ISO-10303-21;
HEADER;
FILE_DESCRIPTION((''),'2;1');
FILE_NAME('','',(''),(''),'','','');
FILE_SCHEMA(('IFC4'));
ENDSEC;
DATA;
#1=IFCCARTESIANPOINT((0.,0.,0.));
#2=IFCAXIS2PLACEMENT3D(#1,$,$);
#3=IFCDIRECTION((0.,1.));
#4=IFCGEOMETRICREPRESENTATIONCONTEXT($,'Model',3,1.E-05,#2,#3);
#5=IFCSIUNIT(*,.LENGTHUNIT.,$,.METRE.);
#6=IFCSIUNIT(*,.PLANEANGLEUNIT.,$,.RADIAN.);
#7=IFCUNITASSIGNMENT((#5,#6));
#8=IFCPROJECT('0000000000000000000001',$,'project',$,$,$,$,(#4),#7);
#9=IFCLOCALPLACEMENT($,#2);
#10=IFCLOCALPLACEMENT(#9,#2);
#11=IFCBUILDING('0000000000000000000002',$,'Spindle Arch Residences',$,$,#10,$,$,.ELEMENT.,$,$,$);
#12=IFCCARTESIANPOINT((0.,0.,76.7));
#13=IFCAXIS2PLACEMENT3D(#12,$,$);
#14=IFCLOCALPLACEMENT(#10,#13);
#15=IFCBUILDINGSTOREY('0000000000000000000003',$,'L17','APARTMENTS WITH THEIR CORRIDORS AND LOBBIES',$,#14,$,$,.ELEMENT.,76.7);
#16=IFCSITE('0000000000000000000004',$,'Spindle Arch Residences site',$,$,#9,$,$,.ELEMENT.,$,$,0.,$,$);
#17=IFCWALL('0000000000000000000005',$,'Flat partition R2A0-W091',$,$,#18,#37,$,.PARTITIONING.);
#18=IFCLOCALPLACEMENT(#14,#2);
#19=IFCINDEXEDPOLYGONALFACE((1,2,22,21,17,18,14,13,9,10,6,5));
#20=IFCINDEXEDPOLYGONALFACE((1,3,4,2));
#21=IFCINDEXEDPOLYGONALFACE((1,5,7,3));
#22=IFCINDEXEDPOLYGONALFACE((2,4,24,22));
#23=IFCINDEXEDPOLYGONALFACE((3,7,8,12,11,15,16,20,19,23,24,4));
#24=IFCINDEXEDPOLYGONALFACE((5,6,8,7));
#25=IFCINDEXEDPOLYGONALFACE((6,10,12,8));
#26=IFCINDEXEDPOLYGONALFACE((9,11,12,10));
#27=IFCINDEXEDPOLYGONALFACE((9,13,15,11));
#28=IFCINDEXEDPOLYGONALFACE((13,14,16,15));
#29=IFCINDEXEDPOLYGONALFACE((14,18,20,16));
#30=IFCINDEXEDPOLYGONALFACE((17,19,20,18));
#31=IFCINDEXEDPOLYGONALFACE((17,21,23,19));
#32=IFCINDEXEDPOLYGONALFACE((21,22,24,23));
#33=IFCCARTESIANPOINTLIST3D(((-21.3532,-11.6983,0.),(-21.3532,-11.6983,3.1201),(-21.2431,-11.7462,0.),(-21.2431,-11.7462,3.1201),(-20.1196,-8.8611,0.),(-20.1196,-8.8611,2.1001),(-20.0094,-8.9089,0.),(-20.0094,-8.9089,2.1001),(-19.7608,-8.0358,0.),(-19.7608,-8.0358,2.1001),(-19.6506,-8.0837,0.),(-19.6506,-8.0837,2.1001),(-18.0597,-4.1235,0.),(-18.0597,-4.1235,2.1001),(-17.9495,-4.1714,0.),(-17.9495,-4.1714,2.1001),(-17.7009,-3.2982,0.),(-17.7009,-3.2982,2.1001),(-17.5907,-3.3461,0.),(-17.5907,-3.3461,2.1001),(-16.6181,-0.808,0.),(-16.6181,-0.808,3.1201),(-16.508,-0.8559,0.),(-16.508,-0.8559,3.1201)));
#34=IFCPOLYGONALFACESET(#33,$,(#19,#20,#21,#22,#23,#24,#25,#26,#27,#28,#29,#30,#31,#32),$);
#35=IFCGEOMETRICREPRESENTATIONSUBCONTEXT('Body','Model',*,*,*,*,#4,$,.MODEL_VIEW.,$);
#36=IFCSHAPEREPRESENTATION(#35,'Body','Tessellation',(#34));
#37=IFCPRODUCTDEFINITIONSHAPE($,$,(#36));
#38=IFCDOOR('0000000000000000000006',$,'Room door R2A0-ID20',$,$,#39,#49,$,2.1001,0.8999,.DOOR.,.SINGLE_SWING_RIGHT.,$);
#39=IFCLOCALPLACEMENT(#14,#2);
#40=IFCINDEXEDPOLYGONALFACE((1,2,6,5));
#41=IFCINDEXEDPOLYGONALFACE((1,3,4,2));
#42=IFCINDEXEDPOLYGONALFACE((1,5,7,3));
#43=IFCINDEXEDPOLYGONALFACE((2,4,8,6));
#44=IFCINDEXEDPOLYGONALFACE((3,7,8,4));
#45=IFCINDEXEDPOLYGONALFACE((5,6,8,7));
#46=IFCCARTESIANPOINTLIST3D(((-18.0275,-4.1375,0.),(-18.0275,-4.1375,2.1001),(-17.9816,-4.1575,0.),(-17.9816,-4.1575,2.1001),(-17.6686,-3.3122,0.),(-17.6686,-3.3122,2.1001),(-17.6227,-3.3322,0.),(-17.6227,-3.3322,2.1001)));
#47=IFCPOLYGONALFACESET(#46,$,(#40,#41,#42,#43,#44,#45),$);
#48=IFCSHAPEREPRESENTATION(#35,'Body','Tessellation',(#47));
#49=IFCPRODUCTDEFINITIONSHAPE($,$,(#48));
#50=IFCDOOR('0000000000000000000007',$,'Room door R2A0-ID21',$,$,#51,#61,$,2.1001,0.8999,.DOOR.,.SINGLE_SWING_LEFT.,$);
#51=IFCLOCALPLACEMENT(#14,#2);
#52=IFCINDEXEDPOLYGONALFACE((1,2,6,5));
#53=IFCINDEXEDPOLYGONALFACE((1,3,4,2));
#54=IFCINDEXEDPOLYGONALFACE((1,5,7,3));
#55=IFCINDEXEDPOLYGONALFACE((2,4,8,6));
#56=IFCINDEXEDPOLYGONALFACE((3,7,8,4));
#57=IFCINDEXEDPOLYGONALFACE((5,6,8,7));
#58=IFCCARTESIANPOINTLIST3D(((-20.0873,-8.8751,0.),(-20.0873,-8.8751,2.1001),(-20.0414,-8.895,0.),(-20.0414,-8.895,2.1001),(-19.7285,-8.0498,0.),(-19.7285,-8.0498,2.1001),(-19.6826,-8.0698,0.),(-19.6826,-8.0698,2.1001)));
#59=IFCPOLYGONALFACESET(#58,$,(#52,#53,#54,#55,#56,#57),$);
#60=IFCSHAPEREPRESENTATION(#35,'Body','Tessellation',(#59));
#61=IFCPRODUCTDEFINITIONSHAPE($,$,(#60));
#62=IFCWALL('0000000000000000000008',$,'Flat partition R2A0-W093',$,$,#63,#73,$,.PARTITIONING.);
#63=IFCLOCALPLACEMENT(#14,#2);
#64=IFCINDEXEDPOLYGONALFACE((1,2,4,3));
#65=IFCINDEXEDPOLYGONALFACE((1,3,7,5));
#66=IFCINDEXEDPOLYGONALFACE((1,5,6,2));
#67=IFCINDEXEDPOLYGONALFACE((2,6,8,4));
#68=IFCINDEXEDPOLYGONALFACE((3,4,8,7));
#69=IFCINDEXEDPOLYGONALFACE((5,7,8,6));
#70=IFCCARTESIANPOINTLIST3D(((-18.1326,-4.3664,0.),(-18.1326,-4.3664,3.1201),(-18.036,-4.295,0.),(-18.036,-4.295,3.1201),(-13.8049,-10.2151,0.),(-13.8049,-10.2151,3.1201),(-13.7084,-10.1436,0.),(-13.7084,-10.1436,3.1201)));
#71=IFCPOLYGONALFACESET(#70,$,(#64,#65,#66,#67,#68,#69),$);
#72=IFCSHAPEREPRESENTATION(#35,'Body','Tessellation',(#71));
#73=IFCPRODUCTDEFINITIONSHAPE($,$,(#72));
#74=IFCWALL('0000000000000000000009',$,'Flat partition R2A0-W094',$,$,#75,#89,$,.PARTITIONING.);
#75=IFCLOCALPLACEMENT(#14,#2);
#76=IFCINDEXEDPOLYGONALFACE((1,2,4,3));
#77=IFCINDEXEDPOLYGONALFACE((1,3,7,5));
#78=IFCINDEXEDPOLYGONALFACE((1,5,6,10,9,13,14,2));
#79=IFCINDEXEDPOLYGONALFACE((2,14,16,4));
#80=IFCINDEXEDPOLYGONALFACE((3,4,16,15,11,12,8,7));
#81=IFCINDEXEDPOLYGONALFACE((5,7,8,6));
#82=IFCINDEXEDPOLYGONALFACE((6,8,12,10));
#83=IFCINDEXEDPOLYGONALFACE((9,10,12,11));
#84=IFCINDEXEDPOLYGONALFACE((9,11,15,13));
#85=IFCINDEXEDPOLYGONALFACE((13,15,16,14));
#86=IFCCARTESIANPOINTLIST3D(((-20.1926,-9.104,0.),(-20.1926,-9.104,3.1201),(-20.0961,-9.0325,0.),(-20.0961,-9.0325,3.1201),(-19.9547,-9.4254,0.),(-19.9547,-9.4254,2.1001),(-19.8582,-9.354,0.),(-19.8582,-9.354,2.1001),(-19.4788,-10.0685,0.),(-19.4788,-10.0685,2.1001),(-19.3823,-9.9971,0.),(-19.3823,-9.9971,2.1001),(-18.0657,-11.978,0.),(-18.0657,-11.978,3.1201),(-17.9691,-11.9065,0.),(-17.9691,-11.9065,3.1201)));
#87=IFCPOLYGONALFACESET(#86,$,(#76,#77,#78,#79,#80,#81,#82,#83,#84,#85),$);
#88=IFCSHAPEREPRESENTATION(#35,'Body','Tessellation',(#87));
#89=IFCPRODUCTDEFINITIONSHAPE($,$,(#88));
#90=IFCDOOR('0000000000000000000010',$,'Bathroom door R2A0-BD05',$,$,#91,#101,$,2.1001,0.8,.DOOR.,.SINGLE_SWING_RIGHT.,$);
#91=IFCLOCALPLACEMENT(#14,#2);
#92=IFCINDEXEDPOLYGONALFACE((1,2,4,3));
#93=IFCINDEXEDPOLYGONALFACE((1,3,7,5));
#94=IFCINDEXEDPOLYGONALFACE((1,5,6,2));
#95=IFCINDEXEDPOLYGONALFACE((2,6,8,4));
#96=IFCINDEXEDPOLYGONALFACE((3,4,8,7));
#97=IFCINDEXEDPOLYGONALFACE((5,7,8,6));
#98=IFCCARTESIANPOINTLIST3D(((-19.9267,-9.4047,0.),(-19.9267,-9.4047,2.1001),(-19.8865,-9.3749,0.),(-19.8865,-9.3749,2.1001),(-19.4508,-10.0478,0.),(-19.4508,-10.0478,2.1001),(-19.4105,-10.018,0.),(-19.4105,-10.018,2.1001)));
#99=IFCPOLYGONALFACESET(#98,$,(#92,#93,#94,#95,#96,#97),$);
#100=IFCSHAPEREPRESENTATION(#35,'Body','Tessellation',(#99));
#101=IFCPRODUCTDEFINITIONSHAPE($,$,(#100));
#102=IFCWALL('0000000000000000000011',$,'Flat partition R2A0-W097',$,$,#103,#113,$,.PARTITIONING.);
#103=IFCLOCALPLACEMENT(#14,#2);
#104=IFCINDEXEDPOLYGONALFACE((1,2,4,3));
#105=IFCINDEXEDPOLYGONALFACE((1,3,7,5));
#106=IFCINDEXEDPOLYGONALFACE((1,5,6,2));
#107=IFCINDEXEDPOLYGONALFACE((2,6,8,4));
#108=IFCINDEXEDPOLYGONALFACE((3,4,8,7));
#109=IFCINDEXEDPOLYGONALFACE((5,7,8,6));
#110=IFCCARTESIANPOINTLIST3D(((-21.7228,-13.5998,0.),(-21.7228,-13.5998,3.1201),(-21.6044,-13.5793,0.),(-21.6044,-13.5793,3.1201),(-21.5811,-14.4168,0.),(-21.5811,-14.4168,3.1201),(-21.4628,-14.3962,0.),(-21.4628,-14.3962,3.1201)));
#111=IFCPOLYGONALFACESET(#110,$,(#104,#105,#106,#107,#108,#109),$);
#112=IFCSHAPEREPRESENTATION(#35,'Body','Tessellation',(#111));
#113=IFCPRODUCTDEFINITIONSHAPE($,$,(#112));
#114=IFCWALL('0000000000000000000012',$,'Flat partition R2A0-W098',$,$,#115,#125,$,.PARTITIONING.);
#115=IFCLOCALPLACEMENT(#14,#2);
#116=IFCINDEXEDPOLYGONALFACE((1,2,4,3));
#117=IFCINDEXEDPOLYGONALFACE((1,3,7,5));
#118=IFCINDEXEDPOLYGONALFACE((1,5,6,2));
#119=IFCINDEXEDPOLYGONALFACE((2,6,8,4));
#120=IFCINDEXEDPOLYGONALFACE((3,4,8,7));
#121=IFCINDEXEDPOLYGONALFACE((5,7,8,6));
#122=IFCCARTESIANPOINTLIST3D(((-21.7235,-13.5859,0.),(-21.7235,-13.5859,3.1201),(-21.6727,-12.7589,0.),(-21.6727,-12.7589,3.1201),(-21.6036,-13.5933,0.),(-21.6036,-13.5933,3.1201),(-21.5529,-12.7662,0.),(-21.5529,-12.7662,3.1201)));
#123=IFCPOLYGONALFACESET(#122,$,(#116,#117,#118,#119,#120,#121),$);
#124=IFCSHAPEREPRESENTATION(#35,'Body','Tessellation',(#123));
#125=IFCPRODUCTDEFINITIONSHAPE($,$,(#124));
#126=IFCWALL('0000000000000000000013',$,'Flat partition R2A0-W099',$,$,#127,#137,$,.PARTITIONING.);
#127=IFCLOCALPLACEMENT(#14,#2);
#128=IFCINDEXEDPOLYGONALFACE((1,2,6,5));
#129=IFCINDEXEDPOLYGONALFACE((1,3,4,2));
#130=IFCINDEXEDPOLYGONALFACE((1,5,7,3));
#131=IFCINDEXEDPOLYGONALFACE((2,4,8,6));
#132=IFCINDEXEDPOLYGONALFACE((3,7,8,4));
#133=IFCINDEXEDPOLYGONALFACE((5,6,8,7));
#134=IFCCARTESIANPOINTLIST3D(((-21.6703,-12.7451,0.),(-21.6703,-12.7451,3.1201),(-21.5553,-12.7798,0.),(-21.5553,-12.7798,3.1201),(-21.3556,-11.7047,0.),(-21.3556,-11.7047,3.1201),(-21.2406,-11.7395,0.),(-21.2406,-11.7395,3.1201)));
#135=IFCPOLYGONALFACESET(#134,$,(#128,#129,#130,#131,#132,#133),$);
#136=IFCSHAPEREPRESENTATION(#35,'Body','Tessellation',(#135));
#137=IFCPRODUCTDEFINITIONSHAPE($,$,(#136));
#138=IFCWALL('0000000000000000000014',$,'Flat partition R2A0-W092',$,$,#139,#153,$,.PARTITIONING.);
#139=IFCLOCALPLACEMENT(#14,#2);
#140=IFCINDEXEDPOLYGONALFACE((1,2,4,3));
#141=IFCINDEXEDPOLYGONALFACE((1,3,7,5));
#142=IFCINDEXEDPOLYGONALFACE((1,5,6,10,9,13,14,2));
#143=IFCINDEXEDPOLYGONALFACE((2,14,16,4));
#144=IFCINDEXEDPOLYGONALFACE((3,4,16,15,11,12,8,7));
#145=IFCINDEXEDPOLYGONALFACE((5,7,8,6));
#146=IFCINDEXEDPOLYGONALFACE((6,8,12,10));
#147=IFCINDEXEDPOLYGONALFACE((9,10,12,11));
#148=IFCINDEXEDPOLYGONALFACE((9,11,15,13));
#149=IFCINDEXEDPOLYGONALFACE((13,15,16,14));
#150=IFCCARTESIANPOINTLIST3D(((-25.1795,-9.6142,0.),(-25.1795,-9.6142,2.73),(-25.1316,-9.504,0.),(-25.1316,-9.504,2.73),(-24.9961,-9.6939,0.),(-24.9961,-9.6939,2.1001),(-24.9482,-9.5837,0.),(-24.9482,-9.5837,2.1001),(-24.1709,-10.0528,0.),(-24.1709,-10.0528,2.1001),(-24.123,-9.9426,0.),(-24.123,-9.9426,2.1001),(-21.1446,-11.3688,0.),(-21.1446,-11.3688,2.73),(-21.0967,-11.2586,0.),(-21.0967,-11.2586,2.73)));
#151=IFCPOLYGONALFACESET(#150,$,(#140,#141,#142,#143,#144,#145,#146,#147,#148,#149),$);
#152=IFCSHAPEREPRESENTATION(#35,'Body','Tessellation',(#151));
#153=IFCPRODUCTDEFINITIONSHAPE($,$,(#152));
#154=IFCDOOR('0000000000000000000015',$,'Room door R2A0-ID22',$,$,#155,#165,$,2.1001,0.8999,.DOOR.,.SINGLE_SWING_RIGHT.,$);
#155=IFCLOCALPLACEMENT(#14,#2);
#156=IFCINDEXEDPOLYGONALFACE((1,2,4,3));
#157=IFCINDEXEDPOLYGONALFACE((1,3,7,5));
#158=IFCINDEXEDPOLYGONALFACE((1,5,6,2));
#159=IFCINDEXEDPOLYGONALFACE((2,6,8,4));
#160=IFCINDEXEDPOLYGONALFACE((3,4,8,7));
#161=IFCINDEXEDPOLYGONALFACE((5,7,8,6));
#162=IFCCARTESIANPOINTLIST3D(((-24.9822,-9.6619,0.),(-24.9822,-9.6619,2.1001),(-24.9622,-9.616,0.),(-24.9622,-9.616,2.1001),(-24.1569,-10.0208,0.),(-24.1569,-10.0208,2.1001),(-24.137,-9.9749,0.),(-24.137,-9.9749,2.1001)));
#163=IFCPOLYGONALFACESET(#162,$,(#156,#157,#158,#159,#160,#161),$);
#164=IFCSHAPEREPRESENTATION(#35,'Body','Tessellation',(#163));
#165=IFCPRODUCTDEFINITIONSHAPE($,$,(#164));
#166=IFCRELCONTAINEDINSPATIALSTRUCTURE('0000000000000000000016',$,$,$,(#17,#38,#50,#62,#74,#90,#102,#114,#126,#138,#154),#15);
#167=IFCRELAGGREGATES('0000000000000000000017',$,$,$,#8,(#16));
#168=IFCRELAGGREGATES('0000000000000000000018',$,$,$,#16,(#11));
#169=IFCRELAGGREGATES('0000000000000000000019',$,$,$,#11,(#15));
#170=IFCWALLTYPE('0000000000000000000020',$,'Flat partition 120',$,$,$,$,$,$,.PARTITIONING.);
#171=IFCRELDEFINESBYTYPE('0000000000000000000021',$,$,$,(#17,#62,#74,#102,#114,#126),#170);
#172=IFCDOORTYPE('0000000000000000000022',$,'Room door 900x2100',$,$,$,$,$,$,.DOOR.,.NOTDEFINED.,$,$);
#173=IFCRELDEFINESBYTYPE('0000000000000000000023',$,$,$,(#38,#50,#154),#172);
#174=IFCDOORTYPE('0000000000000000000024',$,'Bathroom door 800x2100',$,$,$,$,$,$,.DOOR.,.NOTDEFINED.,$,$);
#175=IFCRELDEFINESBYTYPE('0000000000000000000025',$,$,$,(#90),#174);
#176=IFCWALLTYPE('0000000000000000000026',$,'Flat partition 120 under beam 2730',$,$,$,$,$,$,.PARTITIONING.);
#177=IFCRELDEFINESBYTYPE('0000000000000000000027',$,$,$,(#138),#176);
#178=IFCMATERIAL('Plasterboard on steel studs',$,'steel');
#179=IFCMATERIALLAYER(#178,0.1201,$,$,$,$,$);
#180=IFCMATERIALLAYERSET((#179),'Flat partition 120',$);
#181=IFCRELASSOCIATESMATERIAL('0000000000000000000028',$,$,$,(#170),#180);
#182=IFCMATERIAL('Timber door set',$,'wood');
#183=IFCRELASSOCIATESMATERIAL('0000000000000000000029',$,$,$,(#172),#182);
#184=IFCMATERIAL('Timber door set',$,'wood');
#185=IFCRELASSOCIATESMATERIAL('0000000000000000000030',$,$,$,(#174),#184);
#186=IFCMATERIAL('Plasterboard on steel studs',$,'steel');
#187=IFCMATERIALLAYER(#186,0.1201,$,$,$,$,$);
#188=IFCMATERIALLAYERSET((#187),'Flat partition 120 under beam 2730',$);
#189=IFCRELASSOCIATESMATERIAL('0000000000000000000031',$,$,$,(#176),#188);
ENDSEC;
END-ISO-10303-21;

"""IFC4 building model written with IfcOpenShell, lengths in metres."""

from ifc_helpers import new_model, si_unit, direction, frame, frame_2d, origin, place, context, subcontext, project, spatial, rectangle, extrude, material, layer, layer_set, type_object, element, fill, save


model = new_model("IFC4")

# Units and contexts
model_context = context("Model", 3, precision=1e-05, world=origin(), true_north=direction((0.0, 1.0)))
body_context = subcontext(model_context, "Body", "Model", "MODEL_VIEW")
ifc_project = project(units=[si_unit("LENGTHUNIT", "METRE"), si_unit("PLANEANGLEUNIT", "RADIAN")], contexts=[model_context])

# Site, building, storey
site_placement = place(None, origin())
site = spatial("IfcSite", under=ifc_project, at=site_placement, Name="Spindle Arch Residences site", CompositionType="ELEMENT", RefElevation=0.0)
building_placement = place(site_placement, origin())
building = spatial("IfcBuilding", under=site, at=building_placement, Name="Spindle Arch Residences", CompositionType="ELEMENT")
storey_placement = place(building_placement, frame((0.0, 0.0, 76.7)))
storey = spatial("IfcBuildingStorey", under=building, at=storey_placement, Name="L17", Description="APARTMENTS WITH THEIR CORRIDORS AND LOBBIES", CompositionType="ELEMENT", Elevation=76.7)

# Shared definitions
ifc_material_1 = material(Name="Plasterboard on steel studs", Category="steel")
ifc_layer_1 = layer(ifc_material_1, 0.1201)
ifc_layer_set_1 = layer_set([ifc_layer_1], Name="Flat partition 120")
wall_type_1 = type_object("IfcWallType", Name="Flat partition 120", PredefinedType="PARTITIONING", material=ifc_layer_set_1)

# Wall, openings, doors
wall_1_placement = place(storey_placement, frame((-21.2981, -11.7222, 0.0), z_axis=(0.0, 0.0, 1.0), x_axis=(0.398737, 0.917065, 0.0)))
wall_1 = element("IfcWall", 1, at=wall_1_placement, inside=storey, type_object=wall_type_1, Name="Flat partition R2A0-W091", PredefinedType="PARTITIONING", context=body_context, shape_type="SweptSolid", body=[
    extrude(rectangle(XDim=11.8752, YDim=0.1201, at=frame_2d((5.9375, 0.0))), origin(), (0.0, 0.0, 1.0), 3.1201),
])
opening_1_placement = place(wall_1_placement, frame((8.2598, 0.0, 0.0)))
opening_1 = element("IfcOpeningElement", 2, at=opening_1_placement, cuts=wall_1, PredefinedType="OPENING", context=body_context, shape_type="SweptSolid", body=[
    extrude(rectangle(XDim=0.8999, YDim=2.1001, at=frame_2d((0.45, 1.05))), frame((0.0, 0.0701, 0.0), z_axis=(0.0, -1.0, 0.0), x_axis=(1.0, 0.0, 0.0)), (0.0, 0.0, 1.0), 0.1401),
])
opening_2_placement = place(wall_1_placement, frame((3.0938, 0.0, 0.0)))
opening_2 = element("IfcOpeningElement", 3, at=opening_2_placement, cuts=wall_1, PredefinedType="OPENING", context=body_context, shape_type="SweptSolid", body=[
    extrude(rectangle(XDim=0.8999, YDim=2.1001, at=frame_2d((0.45, 1.05))), frame((0.0, 0.0701, 0.0), z_axis=(0.0, -1.0, 0.0), x_axis=(1.0, 0.0, 0.0)), (0.0, 0.0, 1.0), 0.1401),
])
ifc_material_2 = material(Name="Timber door set", Category="wood")
door_type_1 = type_object("IfcDoorType", Name="Room door 900x2100", OperationType="NOTDEFINED", PredefinedType="DOOR", material=ifc_material_2)
door_1_placement = place(opening_1_placement, origin())
door_1 = element("IfcDoor", 4, at=door_1_placement, inside=storey, type_object=door_type_1, Name="Room door R2A0-ID20", OperationType="SINGLE_SWING_RIGHT", OverallHeight=2.1001, OverallWidth=0.8999, PredefinedType="DOOR", context=body_context, shape_type="SweptSolid", body=[
    extrude(rectangle(XDim=0.8999, YDim=2.1001, at=frame_2d((0.45, 1.05))), frame((0.0, 0.0249, 0.0), z_axis=(0.0, -1.0, 0.0), x_axis=(1.0, 0.0, 0.0)), (0.0, 0.0, 1.0), 0.05),
])
fill(opening_1, door_1)
door_2_placement = place(opening_2_placement, origin())
door_2 = element("IfcDoor", 5, at=door_2_placement, inside=storey, type_object=door_type_1, Name="Room door R2A0-ID21", OperationType="SINGLE_SWING_LEFT", OverallHeight=2.1001, OverallWidth=0.8999, PredefinedType="DOOR", context=body_context, shape_type="SweptSolid", body=[
    extrude(rectangle(XDim=0.8999, YDim=2.1001, at=frame_2d((0.45, 1.05))), frame((0.0, 0.0249, 0.0), z_axis=(0.0, -1.0, 0.0), x_axis=(1.0, 0.0, 0.0)), (0.0, 0.0, 1.0), 0.05),
])
fill(opening_2, door_2)

# Wall
wall_2_placement = place(storey_placement, frame((-18.0842, -4.3308, 0.0), z_axis=(0.0, 0.0, 1.0), x_axis=(0.594812, -0.803865, 0.0)))
element("IfcWall", 6, at=wall_2_placement, inside=storey, type_object=wall_type_1, Name="Flat partition R2A0-W093", PredefinedType="PARTITIONING", context=body_context, shape_type="SweptSolid", body=[
    extrude(rectangle(XDim=7.2756, YDim=0.1201, at=frame_2d((3.6377, 0.0))), origin(), (0.0, 0.0, 1.0), 3.1201),
])

# Wall, opening, door
wall_3_placement = place(storey_placement, frame((-20.1443, -9.0684, 0.0), z_axis=(0.0, 0.0, 1.0), x_axis=(0.594875, -0.803818, 0.0)))
wall_3 = element("IfcWall", 7, at=wall_3_placement, inside=storey, type_object=wall_type_1, Name="Flat partition R2A0-W094", PredefinedType="PARTITIONING", context=body_context, shape_type="SweptSolid", body=[
    extrude(rectangle(XDim=3.5754, YDim=0.1201, at=frame_2d((1.7876, 0.0))), origin(), (0.0, 0.0, 1.0), 3.1201),
])
opening_3_placement = place(wall_3_placement, frame((0.3999, 0.0, 0.0)))
opening_3 = element("IfcOpeningElement", 8, at=opening_3_placement, cuts=wall_3, PredefinedType="OPENING", context=body_context, shape_type="SweptSolid", body=[
    extrude(rectangle(XDim=0.8, YDim=2.1001, at=frame_2d((0.3999, 1.05))), frame((0.0, 0.0701, 0.0), z_axis=(0.0, -1.0, 0.0), x_axis=(1.0, 0.0, 0.0)), (0.0, 0.0, 1.0), 0.1401),
])
ifc_material_3 = material(Name="Timber door set", Category="wood")
door_type_2 = type_object("IfcDoorType", Name="Bathroom door 800x2100", OperationType="NOTDEFINED", PredefinedType="DOOR", material=ifc_material_3)
door_3_placement = place(opening_3_placement, origin())
door_3 = element("IfcDoor", 9, at=door_3_placement, inside=storey, type_object=door_type_2, Name="Bathroom door R2A0-BD05", OperationType="SINGLE_SWING_RIGHT", OverallHeight=2.1001, OverallWidth=0.8, PredefinedType="DOOR", context=body_context, shape_type="SweptSolid", body=[
    extrude(rectangle(XDim=0.8, YDim=2.1001, at=frame_2d((0.3999, 1.05))), frame((0.0, 0.0249, 0.0), z_axis=(0.0, -1.0, 0.0), x_axis=(1.0, 0.0, 0.0)), (0.0, 0.0, 1.0), 0.05),
])
fill(opening_3, door_3)

# Walls
wall_4_placement = place(storey_placement, frame((-21.522, -14.4065, 0.0), z_axis=(0.0, 0.0, 1.0), x_axis=(-0.170794, 0.985307, 0.0)))
element("IfcWall", 10, at=wall_4_placement, inside=storey, type_object=wall_type_1, Name="Flat partition R2A0-W097", PredefinedType="PARTITIONING", context=body_context, shape_type="SweptSolid", body=[
    extrude(rectangle(XDim=0.8291, YDim=0.1201, at=frame_2d((0.4146, 0.0))), origin(), (0.0, 0.0, 1.0), 3.1201),
])
wall_5_placement = place(storey_placement, frame((-21.6636, -13.5896, 0.0), z_axis=(0.0, 0.0, 1.0), x_axis=(0.061278, 0.998121, 0.0)))
element("IfcWall", 11, at=wall_5_placement, inside=storey, type_object=wall_type_1, Name="Flat partition R2A0-W098", PredefinedType="PARTITIONING", context=body_context, shape_type="SweptSolid", body=[
    extrude(rectangle(XDim=0.8286, YDim=0.1201, at=frame_2d((0.4143, 0.0))), origin(), (0.0, 0.0, 1.0), 3.1201),
])
wall_6_placement = place(storey_placement, frame((-21.6128, -12.7625, 0.0), z_axis=(0.0, 0.0, 1.0), x_axis=(0.289552, 0.957162, 0.0)))
element("IfcWall", 12, at=wall_6_placement, inside=storey, type_object=wall_type_1, Name="Flat partition R2A0-W099", PredefinedType="PARTITIONING", context=body_context, shape_type="SweptSolid", body=[
    extrude(rectangle(XDim=1.0869, YDim=0.1201, at=frame_2d((0.5435, 0.0))), origin(), (0.0, 0.0, 1.0), 3.1201),
])

# Wall, opening, door
ifc_material_4 = material(Name="Plasterboard on steel studs", Category="steel")
ifc_layer_2 = layer(ifc_material_4, 0.1201)
ifc_layer_set_2 = layer_set([ifc_layer_2], Name="Flat partition 120 under beam 2730")
wall_type_2 = type_object("IfcWallType", Name="Flat partition 120 under beam 2730", PredefinedType="PARTITIONING", material=ifc_layer_set_2)
wall_7_placement = place(storey_placement, frame((-25.1555, -9.5591, 0.0), z_axis=(0.0, 0.0, 1.0), x_axis=(0.917043, -0.398789, 0.0)))
wall_7 = element("IfcWall", 13, at=wall_7_placement, inside=storey, type_object=wall_type_2, Name="Flat partition R2A0-W092", PredefinedType="PARTITIONING", context=body_context, shape_type="SweptSolid", body=[
    extrude(rectangle(XDim=4.3999, YDim=0.1201, at=frame_2d((2.2, 0.0))), origin(), (0.0, 0.0, 1.0), 2.73),
])
opening_4_placement = place(wall_7_placement, frame((0.2, 0.0, 0.0)))
opening_4 = element("IfcOpeningElement", 14, at=opening_4_placement, cuts=wall_7, PredefinedType="OPENING", context=body_context, shape_type="SweptSolid", body=[
    extrude(rectangle(XDim=0.8999, YDim=2.1001, at=frame_2d((0.45, 1.05))), frame((0.0, 0.0701, 0.0), z_axis=(0.0, -1.0, 0.0), x_axis=(1.0, 0.0, 0.0)), (0.0, 0.0, 1.0), 0.1401),
])
door_4_placement = place(opening_4_placement, origin())
door_4 = element("IfcDoor", 15, at=door_4_placement, inside=storey, type_object=door_type_1, Name="Room door R2A0-ID22", OperationType="SINGLE_SWING_RIGHT", OverallHeight=2.1001, OverallWidth=0.8999, PredefinedType="DOOR", context=body_context, shape_type="SweptSolid", body=[
    extrude(rectangle(XDim=0.8999, YDim=2.1001, at=frame_2d((0.45, 1.05))), frame((0.0, 0.0249, 0.0), z_axis=(0.0, -1.0, 0.0), x_axis=(1.0, 0.0, 0.0)), (0.0, 0.0, 1.0), 0.05),
])
fill(opening_4, door_4)

save(model, "model.ifc")
